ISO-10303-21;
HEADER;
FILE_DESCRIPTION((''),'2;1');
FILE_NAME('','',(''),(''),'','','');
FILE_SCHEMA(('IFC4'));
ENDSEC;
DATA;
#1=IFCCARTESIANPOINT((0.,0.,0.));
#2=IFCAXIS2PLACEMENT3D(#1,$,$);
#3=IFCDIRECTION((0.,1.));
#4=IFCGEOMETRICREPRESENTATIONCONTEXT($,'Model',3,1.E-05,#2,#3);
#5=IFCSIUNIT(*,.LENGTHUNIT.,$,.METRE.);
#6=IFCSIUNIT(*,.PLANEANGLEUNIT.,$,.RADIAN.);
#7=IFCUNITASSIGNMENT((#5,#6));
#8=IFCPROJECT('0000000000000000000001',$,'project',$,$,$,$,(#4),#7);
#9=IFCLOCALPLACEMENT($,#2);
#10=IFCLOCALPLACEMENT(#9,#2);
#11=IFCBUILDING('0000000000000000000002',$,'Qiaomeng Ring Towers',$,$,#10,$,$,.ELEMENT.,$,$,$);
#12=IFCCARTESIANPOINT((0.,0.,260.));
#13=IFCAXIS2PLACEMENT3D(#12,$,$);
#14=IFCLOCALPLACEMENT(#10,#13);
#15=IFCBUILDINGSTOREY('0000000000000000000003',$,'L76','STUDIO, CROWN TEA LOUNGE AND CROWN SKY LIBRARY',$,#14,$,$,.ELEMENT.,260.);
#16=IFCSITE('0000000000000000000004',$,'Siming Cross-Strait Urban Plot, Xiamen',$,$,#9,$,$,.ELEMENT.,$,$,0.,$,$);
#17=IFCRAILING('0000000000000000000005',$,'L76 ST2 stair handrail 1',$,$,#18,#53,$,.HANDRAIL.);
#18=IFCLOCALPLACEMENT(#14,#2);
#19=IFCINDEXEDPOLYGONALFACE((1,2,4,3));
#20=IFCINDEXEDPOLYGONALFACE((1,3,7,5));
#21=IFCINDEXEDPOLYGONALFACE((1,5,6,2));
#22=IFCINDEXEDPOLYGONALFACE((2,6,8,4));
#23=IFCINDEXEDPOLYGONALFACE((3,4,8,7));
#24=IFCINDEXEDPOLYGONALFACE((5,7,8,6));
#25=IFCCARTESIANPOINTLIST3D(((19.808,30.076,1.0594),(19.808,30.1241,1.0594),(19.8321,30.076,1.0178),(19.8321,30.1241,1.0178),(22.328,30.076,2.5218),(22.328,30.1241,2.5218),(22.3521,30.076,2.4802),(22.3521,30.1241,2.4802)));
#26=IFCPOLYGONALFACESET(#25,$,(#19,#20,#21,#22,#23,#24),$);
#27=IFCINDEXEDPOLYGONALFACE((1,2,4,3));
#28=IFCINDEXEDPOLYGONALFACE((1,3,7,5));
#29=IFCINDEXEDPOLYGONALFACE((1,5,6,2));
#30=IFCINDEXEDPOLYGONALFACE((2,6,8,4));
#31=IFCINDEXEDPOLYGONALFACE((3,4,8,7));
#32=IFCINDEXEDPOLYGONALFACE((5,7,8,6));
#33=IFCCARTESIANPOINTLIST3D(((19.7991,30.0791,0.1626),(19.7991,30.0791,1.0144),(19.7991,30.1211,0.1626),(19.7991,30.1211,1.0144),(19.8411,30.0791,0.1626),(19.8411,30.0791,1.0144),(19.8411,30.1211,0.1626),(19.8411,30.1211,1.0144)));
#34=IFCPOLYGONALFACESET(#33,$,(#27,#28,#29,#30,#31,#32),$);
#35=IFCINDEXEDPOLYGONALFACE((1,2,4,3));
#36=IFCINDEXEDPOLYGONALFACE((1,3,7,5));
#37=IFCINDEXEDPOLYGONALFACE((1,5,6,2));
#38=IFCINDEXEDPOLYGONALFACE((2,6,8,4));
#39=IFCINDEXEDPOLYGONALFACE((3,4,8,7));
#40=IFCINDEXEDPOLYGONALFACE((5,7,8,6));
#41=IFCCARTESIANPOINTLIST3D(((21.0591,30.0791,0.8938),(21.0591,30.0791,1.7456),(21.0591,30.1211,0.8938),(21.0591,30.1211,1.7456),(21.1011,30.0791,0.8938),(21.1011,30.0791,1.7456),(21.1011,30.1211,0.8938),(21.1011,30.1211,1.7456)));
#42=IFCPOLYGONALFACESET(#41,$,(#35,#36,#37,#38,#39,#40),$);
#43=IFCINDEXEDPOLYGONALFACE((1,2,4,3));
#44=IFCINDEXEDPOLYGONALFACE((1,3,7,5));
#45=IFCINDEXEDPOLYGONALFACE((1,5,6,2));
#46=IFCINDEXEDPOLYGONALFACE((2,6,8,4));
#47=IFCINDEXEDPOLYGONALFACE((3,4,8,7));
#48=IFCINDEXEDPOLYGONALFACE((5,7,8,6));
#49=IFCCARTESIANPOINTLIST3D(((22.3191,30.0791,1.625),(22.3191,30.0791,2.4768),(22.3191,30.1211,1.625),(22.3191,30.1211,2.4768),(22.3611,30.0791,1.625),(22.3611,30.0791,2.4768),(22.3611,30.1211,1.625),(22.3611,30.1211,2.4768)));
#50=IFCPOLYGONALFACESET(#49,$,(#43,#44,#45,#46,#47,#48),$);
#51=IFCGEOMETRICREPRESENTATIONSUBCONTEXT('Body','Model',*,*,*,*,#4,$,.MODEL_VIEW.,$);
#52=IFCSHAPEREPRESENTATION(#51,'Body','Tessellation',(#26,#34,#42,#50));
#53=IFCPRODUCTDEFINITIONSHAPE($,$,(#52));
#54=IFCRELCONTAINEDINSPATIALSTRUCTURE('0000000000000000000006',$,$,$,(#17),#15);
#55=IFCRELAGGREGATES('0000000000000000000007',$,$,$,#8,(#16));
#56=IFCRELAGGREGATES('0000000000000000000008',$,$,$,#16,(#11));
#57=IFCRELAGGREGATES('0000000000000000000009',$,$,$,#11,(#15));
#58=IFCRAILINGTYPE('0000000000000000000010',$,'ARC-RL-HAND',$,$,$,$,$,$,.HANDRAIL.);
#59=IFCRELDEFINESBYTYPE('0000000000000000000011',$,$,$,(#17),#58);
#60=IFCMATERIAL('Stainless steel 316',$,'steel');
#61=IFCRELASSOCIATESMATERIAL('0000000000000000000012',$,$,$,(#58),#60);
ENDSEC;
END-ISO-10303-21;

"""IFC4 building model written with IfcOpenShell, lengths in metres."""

from ifc_helpers import new_model, si_unit, direction, frame, origin, origin_2d, place, context, subcontext, project, spatial, rectangle, extrude, material, type_object, element, save


model = new_model("IFC4")

# Units and contexts
model_context = context("Model", 3, precision=1e-05, world=origin(), true_north=direction((0.0, 1.0)))
body_context = subcontext(model_context, "Body", "Model", "MODEL_VIEW")
ifc_project = project(units=[si_unit("LENGTHUNIT", "METRE"), si_unit("PLANEANGLEUNIT", "RADIAN")], contexts=[model_context])

# Site, building, storey
site_placement = place(None, origin())
site = spatial("IfcSite", under=ifc_project, at=site_placement, Name="Siming Cross-Strait Urban Plot, Xiamen", CompositionType="ELEMENT", RefElevation=0.0)
building_placement = place(site_placement, origin())
building = spatial("IfcBuilding", under=site, at=building_placement, Name="Qiaomeng Ring Towers", CompositionType="ELEMENT")
storey_placement = place(building_placement, frame((0.0, 0.0, 260.0)))
storey = spatial("IfcBuildingStorey", under=building, at=storey_placement, Name="L76", Description="STUDIO, CROWN TEA LOUNGE AND CROWN SKY LIBRARY", CompositionType="ELEMENT", Elevation=260.0)

# Railing
ifc_material_1 = material(Name="Stainless steel 316", Category="steel")
railing_type_1 = type_object("IfcRailingType", Name="ARC-RL-HAND", PredefinedType="HANDRAIL", material=ifc_material_1)
railing_1_placement = place(storey_placement, frame((19.8201, 30.1001, 0.1626)))
element("IfcRailing", 1, at=railing_1_placement, inside=storey, type_object=railing_type_1, Name="L76 ST2 stair handrail 1", PredefinedType="HANDRAIL", context=body_context, shape_type="SweptSolid", body=[
    extrude(rectangle(XDim=0.0481, YDim=0.0481, at=origin_2d()), frame((0.0, 0.0, 0.876), z_axis=(0.864913, 0.0, 0.501921), x_axis=(0.0, 1.0, 0.0)), (0.0, 0.0, 1.0), 2.9136),
    extrude(rectangle(XDim=0.042, YDim=0.042, at=origin_2d()), origin(), (0.0, 0.0, 1.0), 0.8518),
    extrude(rectangle(XDim=0.042, YDim=0.042, at=origin_2d()), frame((1.26, 0.0, 0.7312)), (0.0, 0.0, 1.0), 0.8518),
    extrude(rectangle(XDim=0.042, YDim=0.042, at=origin_2d()), frame((2.52, 0.0, 1.4624)), (0.0, 0.0, 1.0), 0.8518),
])

save(model, "model.ifc")
